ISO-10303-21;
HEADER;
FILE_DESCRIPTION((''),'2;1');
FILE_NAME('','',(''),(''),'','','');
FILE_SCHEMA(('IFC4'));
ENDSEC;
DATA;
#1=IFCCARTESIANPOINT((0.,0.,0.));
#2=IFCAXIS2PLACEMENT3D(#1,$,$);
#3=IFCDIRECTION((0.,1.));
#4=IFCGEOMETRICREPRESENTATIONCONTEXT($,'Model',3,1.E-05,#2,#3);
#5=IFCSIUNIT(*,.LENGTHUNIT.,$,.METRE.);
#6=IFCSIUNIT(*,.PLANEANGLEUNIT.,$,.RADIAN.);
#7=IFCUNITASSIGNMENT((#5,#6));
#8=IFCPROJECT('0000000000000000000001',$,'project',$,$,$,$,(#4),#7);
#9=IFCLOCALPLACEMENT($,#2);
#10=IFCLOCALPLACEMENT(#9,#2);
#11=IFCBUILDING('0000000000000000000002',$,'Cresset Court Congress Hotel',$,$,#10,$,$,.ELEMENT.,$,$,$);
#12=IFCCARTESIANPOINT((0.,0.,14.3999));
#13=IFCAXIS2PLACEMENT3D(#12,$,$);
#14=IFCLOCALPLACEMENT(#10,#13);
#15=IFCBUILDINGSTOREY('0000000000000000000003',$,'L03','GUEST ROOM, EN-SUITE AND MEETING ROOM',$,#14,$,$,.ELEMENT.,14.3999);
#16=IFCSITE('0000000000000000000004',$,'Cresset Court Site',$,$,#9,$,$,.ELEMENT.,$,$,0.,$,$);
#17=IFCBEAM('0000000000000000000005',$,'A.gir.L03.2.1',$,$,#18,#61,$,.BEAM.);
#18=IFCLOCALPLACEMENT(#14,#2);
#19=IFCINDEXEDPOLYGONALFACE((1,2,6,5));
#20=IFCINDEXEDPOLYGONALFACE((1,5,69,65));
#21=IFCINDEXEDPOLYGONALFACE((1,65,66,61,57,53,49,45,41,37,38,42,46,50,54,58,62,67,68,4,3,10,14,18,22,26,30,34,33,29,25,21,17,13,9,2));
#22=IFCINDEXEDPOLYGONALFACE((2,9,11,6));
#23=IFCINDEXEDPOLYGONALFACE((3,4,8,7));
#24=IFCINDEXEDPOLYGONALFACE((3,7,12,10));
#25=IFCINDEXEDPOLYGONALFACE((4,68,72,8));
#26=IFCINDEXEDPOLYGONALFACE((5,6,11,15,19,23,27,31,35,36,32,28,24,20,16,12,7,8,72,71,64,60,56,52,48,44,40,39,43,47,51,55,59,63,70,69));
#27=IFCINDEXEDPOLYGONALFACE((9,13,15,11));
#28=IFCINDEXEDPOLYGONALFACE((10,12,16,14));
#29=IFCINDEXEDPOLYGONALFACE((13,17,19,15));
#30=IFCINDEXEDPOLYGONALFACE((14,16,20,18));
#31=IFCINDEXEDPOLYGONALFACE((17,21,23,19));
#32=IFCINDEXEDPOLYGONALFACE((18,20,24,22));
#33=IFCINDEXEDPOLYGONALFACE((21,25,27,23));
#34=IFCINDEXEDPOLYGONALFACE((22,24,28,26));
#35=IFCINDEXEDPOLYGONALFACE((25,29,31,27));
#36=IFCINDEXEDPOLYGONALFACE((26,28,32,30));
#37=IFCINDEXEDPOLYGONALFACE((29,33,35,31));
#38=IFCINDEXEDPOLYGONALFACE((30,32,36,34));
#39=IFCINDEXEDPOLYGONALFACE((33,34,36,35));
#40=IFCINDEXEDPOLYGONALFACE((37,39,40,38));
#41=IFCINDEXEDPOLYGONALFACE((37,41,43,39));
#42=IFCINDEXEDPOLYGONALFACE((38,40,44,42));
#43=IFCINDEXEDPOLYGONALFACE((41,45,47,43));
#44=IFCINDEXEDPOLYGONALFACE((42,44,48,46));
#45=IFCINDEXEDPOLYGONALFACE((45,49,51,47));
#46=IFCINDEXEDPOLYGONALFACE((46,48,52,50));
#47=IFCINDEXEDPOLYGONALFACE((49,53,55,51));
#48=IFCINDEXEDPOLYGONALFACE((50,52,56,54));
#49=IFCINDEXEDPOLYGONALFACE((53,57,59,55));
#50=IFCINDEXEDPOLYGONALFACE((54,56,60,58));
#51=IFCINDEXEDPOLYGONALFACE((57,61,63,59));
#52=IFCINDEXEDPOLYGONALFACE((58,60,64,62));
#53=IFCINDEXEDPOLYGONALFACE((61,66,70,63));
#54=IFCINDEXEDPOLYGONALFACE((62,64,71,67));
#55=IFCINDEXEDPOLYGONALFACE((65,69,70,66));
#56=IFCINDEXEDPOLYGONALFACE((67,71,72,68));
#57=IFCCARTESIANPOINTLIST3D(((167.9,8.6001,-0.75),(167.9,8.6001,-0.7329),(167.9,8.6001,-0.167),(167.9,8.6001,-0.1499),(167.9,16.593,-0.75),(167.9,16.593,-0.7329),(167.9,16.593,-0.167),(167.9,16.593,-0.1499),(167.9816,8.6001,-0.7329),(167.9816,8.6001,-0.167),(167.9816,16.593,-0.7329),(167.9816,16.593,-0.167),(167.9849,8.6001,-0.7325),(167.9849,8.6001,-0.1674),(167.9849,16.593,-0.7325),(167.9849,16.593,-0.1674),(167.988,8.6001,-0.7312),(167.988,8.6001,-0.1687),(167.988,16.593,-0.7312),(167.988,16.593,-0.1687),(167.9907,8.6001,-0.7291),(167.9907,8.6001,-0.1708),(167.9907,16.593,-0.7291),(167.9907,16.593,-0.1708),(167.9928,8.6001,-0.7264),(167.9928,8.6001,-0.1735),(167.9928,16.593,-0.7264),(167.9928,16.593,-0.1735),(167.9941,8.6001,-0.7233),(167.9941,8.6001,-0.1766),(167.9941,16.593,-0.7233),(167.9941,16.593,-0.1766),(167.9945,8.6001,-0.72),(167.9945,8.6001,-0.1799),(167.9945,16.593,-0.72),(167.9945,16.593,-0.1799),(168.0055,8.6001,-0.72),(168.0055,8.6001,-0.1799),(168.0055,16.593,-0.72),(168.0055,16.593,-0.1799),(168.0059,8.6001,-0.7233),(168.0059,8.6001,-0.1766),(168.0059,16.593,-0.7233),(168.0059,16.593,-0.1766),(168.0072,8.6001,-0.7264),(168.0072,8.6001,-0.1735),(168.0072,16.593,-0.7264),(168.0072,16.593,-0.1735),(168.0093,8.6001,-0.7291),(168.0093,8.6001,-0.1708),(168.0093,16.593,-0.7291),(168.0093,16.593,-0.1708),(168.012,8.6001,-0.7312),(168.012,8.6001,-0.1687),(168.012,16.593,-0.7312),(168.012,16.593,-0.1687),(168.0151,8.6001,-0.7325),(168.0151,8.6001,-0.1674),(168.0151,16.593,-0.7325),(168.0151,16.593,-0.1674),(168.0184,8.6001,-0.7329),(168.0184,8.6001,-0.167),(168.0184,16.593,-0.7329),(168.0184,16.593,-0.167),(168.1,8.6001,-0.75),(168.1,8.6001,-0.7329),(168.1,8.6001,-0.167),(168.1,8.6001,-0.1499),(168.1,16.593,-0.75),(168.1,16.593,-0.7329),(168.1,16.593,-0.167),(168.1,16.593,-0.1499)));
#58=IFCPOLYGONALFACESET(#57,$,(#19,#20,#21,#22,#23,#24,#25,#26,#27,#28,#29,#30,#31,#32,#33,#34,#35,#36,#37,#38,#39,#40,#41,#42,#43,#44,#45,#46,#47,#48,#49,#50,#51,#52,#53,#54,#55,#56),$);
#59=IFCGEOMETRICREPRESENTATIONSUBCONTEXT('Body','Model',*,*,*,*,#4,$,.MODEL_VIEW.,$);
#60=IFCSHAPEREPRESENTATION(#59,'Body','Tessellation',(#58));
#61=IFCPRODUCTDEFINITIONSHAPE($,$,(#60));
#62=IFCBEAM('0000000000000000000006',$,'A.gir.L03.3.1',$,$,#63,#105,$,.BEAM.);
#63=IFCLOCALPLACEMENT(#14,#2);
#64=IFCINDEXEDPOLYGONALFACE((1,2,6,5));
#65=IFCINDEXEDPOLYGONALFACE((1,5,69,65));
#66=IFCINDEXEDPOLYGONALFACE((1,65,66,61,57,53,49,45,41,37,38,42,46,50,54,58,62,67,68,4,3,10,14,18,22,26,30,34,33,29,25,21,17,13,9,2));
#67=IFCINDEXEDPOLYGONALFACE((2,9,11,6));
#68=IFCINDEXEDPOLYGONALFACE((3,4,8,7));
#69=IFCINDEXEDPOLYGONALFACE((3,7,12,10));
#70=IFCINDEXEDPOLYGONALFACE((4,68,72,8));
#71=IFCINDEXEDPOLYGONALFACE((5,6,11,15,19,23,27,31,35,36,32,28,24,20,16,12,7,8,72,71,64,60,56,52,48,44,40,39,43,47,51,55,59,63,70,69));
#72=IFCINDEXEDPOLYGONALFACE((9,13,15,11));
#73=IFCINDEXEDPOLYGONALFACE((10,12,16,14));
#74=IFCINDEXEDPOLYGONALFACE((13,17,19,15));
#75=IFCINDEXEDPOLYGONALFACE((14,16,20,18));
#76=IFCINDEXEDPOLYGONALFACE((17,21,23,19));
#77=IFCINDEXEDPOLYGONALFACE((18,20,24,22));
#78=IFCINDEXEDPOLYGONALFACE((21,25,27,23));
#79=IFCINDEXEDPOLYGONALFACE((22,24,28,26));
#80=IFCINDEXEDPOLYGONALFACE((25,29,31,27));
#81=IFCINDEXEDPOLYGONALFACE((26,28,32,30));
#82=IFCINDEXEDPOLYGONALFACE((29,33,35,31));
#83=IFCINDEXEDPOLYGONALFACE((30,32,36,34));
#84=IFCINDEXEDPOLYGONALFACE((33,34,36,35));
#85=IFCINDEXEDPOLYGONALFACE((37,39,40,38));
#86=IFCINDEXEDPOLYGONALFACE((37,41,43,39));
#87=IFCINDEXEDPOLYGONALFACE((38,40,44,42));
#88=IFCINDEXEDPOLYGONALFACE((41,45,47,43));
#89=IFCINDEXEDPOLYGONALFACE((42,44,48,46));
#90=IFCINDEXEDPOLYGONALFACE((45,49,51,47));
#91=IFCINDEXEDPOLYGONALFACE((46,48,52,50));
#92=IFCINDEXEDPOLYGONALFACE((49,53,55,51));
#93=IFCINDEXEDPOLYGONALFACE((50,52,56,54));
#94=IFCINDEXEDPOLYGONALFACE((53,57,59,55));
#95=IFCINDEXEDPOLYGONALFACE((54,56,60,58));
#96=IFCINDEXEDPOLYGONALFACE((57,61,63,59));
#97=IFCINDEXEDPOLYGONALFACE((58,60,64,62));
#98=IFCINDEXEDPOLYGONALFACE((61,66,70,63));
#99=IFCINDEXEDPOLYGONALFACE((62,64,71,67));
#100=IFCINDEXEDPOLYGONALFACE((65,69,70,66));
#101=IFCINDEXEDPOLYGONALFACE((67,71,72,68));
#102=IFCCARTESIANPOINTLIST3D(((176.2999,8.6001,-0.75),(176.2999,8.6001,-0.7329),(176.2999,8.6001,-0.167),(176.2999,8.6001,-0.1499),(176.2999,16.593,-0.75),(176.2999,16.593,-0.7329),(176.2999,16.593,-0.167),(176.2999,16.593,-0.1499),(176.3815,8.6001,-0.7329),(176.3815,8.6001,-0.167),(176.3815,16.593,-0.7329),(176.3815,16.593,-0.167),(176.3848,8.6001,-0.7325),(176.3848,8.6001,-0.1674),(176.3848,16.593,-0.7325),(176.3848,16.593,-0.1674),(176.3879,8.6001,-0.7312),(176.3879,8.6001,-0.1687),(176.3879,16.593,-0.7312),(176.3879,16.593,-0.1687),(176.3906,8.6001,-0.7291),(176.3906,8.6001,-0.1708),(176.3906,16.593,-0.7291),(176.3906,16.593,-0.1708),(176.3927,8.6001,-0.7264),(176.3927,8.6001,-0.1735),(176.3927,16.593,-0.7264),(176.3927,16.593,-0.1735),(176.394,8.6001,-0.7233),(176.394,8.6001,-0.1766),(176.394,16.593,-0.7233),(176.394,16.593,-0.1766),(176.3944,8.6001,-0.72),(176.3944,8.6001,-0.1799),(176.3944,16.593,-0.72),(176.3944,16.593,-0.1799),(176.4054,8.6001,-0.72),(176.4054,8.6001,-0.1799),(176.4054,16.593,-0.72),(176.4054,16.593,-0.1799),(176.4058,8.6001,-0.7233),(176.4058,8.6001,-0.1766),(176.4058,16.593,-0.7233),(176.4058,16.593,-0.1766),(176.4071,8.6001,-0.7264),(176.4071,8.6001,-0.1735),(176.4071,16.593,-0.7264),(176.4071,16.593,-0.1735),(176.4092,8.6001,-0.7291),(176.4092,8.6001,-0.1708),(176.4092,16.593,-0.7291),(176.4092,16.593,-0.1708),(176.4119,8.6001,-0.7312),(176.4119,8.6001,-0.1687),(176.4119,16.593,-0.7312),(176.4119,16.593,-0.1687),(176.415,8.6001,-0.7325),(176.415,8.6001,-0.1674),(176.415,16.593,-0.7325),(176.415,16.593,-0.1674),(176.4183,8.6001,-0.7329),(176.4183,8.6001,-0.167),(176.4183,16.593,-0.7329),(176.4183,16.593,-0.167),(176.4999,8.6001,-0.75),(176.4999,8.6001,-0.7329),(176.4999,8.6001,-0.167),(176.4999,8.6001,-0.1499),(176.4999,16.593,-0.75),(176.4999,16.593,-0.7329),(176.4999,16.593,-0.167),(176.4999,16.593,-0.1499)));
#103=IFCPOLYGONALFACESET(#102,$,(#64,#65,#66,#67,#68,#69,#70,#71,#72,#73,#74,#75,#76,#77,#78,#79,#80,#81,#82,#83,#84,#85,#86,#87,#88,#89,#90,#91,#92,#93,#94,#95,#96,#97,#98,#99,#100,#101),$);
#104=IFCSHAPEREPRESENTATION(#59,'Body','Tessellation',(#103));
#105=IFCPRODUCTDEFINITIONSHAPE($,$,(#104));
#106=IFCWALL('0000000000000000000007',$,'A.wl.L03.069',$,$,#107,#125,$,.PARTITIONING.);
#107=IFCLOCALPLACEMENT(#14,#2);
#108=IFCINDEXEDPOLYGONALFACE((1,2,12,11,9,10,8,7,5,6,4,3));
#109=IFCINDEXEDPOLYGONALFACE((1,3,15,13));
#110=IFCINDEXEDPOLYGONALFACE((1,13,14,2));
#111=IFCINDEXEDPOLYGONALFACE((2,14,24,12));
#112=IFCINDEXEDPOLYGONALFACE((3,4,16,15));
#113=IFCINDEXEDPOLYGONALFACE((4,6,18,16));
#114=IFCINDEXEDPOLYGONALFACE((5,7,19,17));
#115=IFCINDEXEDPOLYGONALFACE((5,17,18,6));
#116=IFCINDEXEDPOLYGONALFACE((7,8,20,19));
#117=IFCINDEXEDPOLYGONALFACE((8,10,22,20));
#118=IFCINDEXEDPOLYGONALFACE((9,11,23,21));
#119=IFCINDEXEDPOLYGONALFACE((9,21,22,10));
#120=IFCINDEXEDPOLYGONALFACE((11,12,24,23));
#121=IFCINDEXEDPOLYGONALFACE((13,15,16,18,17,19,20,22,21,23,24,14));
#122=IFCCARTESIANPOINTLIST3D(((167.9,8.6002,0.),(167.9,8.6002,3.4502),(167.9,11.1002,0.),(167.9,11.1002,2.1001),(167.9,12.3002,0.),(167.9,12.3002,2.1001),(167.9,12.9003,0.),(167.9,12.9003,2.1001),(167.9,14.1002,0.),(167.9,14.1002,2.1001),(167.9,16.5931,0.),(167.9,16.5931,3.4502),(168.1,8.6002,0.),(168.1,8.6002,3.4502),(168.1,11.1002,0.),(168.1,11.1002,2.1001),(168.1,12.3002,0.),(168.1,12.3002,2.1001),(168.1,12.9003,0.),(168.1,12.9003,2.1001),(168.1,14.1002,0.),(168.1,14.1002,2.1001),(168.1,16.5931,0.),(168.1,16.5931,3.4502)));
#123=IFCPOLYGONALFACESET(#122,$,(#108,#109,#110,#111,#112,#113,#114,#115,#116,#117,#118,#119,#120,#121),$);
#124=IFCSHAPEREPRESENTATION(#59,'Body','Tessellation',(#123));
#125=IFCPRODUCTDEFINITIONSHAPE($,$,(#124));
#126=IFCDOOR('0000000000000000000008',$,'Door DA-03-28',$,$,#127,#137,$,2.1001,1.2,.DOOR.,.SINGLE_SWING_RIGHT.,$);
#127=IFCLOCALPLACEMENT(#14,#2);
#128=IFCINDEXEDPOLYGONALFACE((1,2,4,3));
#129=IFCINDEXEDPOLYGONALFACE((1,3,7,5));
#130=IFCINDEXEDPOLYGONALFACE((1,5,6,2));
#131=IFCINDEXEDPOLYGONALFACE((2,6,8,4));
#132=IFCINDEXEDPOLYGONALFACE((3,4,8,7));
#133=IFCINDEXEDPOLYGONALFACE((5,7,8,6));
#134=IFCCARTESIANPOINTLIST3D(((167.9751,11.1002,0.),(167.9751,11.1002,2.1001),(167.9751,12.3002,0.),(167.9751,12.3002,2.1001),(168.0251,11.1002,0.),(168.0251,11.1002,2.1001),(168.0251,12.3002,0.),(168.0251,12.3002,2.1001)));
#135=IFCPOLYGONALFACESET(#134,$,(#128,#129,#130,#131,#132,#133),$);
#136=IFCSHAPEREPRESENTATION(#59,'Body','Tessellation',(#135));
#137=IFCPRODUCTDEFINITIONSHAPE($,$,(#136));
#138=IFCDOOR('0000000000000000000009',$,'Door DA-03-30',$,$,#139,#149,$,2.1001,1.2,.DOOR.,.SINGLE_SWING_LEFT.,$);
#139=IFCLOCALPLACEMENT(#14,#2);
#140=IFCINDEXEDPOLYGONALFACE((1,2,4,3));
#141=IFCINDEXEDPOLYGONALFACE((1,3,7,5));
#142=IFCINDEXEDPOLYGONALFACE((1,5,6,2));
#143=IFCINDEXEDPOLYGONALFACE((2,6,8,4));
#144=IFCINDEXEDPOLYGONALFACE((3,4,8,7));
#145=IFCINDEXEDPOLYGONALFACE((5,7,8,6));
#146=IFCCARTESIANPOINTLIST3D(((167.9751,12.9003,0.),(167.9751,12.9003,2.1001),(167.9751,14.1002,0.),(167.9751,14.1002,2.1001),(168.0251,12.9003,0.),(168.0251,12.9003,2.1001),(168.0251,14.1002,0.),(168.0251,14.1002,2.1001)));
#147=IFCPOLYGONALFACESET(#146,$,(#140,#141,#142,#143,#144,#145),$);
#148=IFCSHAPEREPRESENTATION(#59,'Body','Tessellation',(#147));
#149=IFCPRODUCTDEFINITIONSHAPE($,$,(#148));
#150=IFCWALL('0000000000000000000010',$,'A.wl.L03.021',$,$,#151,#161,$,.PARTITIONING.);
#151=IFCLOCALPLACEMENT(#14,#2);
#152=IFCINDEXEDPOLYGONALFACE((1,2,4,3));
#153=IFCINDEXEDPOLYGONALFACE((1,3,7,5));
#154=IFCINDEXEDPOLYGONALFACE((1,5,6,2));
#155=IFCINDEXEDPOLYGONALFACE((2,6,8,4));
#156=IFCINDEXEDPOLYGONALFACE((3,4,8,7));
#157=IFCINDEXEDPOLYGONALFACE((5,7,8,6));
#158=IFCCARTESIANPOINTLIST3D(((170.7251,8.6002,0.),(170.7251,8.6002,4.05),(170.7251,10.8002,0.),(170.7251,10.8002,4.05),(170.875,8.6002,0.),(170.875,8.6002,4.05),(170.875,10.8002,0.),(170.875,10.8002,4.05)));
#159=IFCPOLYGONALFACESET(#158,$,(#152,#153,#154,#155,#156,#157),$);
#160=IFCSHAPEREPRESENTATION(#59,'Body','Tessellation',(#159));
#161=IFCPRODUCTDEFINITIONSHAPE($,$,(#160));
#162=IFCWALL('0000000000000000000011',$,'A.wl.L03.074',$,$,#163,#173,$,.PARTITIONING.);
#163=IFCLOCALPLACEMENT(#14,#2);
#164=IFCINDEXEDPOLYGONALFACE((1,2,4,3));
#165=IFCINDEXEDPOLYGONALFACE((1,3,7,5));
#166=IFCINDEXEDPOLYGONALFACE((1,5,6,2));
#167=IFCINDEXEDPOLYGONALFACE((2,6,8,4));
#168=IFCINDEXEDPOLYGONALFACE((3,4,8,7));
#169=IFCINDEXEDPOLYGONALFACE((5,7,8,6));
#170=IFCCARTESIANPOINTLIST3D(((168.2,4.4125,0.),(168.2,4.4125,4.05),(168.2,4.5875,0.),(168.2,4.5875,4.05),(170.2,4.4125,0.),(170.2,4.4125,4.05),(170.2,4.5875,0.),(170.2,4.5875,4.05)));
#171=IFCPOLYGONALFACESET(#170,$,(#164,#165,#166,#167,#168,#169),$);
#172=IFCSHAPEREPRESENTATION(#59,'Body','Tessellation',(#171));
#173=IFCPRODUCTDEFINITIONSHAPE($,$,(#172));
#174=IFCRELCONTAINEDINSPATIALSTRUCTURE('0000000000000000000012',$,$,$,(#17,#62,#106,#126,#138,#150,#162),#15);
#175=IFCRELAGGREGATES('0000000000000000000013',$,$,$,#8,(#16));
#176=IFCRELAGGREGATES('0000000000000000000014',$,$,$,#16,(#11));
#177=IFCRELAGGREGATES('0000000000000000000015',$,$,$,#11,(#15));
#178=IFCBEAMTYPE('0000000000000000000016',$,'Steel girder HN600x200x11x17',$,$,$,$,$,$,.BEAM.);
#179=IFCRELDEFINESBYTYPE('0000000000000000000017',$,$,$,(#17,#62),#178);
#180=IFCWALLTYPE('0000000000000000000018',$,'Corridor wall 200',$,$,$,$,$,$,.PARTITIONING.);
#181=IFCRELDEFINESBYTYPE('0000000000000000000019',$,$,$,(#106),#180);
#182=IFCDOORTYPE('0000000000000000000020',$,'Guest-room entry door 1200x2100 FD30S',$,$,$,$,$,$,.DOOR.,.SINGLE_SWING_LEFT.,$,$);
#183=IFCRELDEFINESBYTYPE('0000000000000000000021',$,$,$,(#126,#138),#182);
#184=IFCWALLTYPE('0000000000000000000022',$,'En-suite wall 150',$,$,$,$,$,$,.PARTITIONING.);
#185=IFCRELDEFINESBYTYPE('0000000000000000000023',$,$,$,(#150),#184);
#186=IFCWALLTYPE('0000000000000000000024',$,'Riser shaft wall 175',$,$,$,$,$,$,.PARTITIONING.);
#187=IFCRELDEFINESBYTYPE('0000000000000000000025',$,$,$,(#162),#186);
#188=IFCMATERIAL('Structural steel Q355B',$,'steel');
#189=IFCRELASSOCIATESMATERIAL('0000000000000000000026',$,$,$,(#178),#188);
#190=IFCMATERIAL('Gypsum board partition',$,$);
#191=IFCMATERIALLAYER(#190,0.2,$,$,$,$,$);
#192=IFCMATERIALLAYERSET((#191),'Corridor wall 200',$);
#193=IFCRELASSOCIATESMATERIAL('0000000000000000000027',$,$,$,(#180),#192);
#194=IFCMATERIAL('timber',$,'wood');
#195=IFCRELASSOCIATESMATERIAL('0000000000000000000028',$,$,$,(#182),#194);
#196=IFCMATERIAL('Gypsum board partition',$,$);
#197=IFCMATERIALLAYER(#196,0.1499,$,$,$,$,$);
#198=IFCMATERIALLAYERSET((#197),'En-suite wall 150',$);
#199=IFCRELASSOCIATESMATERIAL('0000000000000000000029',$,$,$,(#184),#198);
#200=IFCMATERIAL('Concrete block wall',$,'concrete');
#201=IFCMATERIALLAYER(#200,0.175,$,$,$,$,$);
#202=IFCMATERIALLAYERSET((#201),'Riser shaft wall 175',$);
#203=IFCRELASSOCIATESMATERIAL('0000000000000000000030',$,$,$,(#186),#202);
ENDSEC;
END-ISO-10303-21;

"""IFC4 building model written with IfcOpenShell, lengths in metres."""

from ifc_helpers import new_model, si_unit, direction, frame, frame_2d, origin, origin_2d, place, context, subcontext, project, spatial, rectangle, i_section, extrude, material, layer, layer_set, material_profile, profile_set, type_object, element, fill, save


model = new_model("IFC4")

# Units and contexts
model_context = context("Model", 3, precision=1e-05, world=origin(), true_north=direction((0.0, 1.0)))
body_context = subcontext(model_context, "Body", "Model", "MODEL_VIEW")
ifc_project = project(units=[si_unit("LENGTHUNIT", "METRE"), si_unit("PLANEANGLEUNIT", "RADIAN")], contexts=[model_context])

# Site, building, storey
site_placement = place(None, origin())
site = spatial("IfcSite", under=ifc_project, at=site_placement, Name="Cresset Court Site", CompositionType="ELEMENT", RefElevation=0.0)
building_placement = place(site_placement, origin())
building = spatial("IfcBuilding", under=site, at=building_placement, Name="Cresset Court Congress Hotel", CompositionType="ELEMENT")
storey_placement = place(building_placement, frame((0.0, 0.0, 14.3999)))
storey = spatial("IfcBuildingStorey", under=building, at=storey_placement, Name="L03", Description="GUEST ROOM, EN-SUITE AND MEETING ROOM", CompositionType="ELEMENT", Elevation=14.3999)

# Beams
ifc_material_1 = material(Name="Structural steel Q355B", Category="steel")
ifc_material_profile = material_profile(ifc_material_1, i_section(OverallWidth=0.2, OverallDepth=0.6001, WebThickness=0.011, FlangeThickness=0.0171, FilletRadius=0.0129, at=origin_2d()), Name="HN600x200x11x17")
ifc_profile_set = profile_set([ifc_material_profile], Name="Structural steel Q355B")
beam_type = type_object("IfcBeamType", Name="Steel girder HN600x200x11x17", PredefinedType="BEAM", material=ifc_profile_set)
for number, where, z_axis, x_axis, name in (
    (1, (168.0, 8.6001, -0.45), (0.0, 1.0, 0.0), (-1.0, 0.0, 0.0), "A.gir.L03.2.1"),
    (2, (176.3999, 8.6001, -0.45), (0.0, 1.0, 0.0), (-1.0, 0.0, 0.0), "A.gir.L03.3.1"),
):
    element("IfcBeam", number, at=place(storey_placement, frame(where, z_axis=z_axis, x_axis=x_axis)), inside=storey, type_object=beam_type, Name=name, PredefinedType="BEAM", context=body_context, shape_type="SweptSolid", body=[
        extrude(i_section(OverallWidth=0.2, OverallDepth=0.6001, WebThickness=0.011, FlangeThickness=0.0171, FilletRadius=0.0129, at=origin_2d()), origin(), (0.0, 0.0, 1.0), 7.9929),
    ])

# Wall, openings, doors
ifc_material_2 = material(Name="Gypsum board partition")
ifc_layer_1 = layer(ifc_material_2, 0.2)
ifc_layer_set_1 = layer_set([ifc_layer_1], Name="Corridor wall 200")
wall_type_1 = type_object("IfcWallType", Name="Corridor wall 200", PredefinedType="PARTITIONING", material=ifc_layer_set_1)
wall_1_placement = place(storey_placement, frame((168.0, 8.6001, 0.0), z_axis=(0.0, 0.0, 1.0), x_axis=(0.0, 1.0, 0.0)))
wall_1 = element("IfcWall", 3, at=wall_1_placement, inside=storey, type_object=wall_type_1, Name="A.wl.L03.069", PredefinedType="PARTITIONING", context=body_context, shape_type="SweptSolid", body=[
    extrude(rectangle(XDim=7.9929, YDim=0.2, at=frame_2d((3.9966, 0.0))), origin(), (0.0, 0.0, 1.0), 3.4502),
])
opening_1_placement = place(wall_1_placement, frame((2.5, 0.0, 0.0)))
opening_1 = element("IfcOpeningElement", 4, at=opening_1_placement, cuts=wall_1, PredefinedType="OPENING", context=body_context, shape_type="SweptSolid", body=[
    extrude(rectangle(XDim=1.2, YDim=2.1001, at=frame_2d((0.6001, 1.05))), frame((0.0, 0.1099, 0.0), z_axis=(0.0, -1.0, 0.0), x_axis=(1.0, 0.0, 0.0)), (0.0, 0.0, 1.0), 0.22),
])
opening_2_placement = place(wall_1_placement, frame((4.3, 0.0, 0.0)))
opening_2 = element("IfcOpeningElement", 5, at=opening_2_placement, cuts=wall_1, PredefinedType="OPENING", context=body_context, shape_type="SweptSolid", body=[
    extrude(rectangle(XDim=1.2, YDim=2.1001, at=frame_2d((0.6001, 1.05))), frame((0.0, 0.1099, 0.0), z_axis=(0.0, -1.0, 0.0), x_axis=(1.0, 0.0, 0.0)), (0.0, 0.0, 1.0), 0.22),
])
ifc_material_3 = material(Name="timber", Category="wood")
door_type = type_object("IfcDoorType", Name="Guest-room entry door 1200x2100 FD30S", OperationType="SINGLE_SWING_LEFT", PredefinedType="DOOR", material=ifc_material_3)
door_1_placement = place(opening_1_placement, origin())
door_1 = element("IfcDoor", 6, at=door_1_placement, inside=storey, type_object=door_type, Name="Door DA-03-28", OperationType="SINGLE_SWING_RIGHT", OverallHeight=2.1001, OverallWidth=1.2, PredefinedType="DOOR", context=body_context, shape_type="SweptSolid", body=[
    extrude(rectangle(XDim=1.2, YDim=2.1001, at=frame_2d((0.6001, 1.05))), frame((0.0, 0.0249, 0.0), z_axis=(0.0, -1.0, 0.0), x_axis=(1.0, 0.0, 0.0)), (0.0, 0.0, 1.0), 0.05),
])
fill(opening_1, door_1)
door_2_placement = place(opening_2_placement, origin())
door_2 = element("IfcDoor", 7, at=door_2_placement, inside=storey, type_object=door_type, Name="Door DA-03-30", OperationType="SINGLE_SWING_LEFT", OverallHeight=2.1001, OverallWidth=1.2, PredefinedType="DOOR", context=body_context, shape_type="SweptSolid", body=[
    extrude(rectangle(XDim=1.2, YDim=2.1001, at=frame_2d((0.6001, 1.05))), frame((0.0, 0.0249, 0.0), z_axis=(0.0, -1.0, 0.0), x_axis=(1.0, 0.0, 0.0)), (0.0, 0.0, 1.0), 0.05),
])
fill(opening_2, door_2)

# Walls
ifc_material_4 = material(Name="Gypsum board partition")
ifc_layer_2 = layer(ifc_material_4, 0.1499)
ifc_layer_set_2 = layer_set([ifc_layer_2], Name="En-suite wall 150")
wall_type_2 = type_object("IfcWallType", Name="En-suite wall 150", PredefinedType="PARTITIONING", material=ifc_layer_set_2)
wall_2_placement = place(storey_placement, frame((170.8, 8.6001, 0.0), z_axis=(0.0, 0.0, 1.0), x_axis=(0.0, 1.0, 0.0)))
element("IfcWall", 8, at=wall_2_placement, inside=storey, type_object=wall_type_2, Name="A.wl.L03.021", PredefinedType="PARTITIONING", context=body_context, shape_type="SweptSolid", body=[
    extrude(rectangle(XDim=2.2, YDim=0.1499, at=frame_2d((1.1001, 0.0))), origin(), (0.0, 0.0, 1.0), 4.05),
])
ifc_material_5 = material(Name="Concrete block wall", Category="concrete")
ifc_layer_3 = layer(ifc_material_5, 0.175)
ifc_layer_set_3 = layer_set([ifc_layer_3], Name="Riser shaft wall 175")
wall_type_3 = type_object("IfcWallType", Name="Riser shaft wall 175", PredefinedType="PARTITIONING", material=ifc_layer_set_3)
wall_3_placement = place(storey_placement, frame((168.2, 4.5, 0.0), z_axis=(0.0, 0.0, 1.0), x_axis=(1.0, 0.0, 0.0)))
element("IfcWall", 9, at=wall_3_placement, inside=storey, type_object=wall_type_3, Name="A.wl.L03.074", PredefinedType="PARTITIONING", context=body_context, shape_type="SweptSolid", body=[
    extrude(rectangle(XDim=2.0, YDim=0.175, at=frame_2d((1.0, 0.0))), origin(), (0.0, 0.0, 1.0), 4.05),
])

save(model, "model.ifc")
